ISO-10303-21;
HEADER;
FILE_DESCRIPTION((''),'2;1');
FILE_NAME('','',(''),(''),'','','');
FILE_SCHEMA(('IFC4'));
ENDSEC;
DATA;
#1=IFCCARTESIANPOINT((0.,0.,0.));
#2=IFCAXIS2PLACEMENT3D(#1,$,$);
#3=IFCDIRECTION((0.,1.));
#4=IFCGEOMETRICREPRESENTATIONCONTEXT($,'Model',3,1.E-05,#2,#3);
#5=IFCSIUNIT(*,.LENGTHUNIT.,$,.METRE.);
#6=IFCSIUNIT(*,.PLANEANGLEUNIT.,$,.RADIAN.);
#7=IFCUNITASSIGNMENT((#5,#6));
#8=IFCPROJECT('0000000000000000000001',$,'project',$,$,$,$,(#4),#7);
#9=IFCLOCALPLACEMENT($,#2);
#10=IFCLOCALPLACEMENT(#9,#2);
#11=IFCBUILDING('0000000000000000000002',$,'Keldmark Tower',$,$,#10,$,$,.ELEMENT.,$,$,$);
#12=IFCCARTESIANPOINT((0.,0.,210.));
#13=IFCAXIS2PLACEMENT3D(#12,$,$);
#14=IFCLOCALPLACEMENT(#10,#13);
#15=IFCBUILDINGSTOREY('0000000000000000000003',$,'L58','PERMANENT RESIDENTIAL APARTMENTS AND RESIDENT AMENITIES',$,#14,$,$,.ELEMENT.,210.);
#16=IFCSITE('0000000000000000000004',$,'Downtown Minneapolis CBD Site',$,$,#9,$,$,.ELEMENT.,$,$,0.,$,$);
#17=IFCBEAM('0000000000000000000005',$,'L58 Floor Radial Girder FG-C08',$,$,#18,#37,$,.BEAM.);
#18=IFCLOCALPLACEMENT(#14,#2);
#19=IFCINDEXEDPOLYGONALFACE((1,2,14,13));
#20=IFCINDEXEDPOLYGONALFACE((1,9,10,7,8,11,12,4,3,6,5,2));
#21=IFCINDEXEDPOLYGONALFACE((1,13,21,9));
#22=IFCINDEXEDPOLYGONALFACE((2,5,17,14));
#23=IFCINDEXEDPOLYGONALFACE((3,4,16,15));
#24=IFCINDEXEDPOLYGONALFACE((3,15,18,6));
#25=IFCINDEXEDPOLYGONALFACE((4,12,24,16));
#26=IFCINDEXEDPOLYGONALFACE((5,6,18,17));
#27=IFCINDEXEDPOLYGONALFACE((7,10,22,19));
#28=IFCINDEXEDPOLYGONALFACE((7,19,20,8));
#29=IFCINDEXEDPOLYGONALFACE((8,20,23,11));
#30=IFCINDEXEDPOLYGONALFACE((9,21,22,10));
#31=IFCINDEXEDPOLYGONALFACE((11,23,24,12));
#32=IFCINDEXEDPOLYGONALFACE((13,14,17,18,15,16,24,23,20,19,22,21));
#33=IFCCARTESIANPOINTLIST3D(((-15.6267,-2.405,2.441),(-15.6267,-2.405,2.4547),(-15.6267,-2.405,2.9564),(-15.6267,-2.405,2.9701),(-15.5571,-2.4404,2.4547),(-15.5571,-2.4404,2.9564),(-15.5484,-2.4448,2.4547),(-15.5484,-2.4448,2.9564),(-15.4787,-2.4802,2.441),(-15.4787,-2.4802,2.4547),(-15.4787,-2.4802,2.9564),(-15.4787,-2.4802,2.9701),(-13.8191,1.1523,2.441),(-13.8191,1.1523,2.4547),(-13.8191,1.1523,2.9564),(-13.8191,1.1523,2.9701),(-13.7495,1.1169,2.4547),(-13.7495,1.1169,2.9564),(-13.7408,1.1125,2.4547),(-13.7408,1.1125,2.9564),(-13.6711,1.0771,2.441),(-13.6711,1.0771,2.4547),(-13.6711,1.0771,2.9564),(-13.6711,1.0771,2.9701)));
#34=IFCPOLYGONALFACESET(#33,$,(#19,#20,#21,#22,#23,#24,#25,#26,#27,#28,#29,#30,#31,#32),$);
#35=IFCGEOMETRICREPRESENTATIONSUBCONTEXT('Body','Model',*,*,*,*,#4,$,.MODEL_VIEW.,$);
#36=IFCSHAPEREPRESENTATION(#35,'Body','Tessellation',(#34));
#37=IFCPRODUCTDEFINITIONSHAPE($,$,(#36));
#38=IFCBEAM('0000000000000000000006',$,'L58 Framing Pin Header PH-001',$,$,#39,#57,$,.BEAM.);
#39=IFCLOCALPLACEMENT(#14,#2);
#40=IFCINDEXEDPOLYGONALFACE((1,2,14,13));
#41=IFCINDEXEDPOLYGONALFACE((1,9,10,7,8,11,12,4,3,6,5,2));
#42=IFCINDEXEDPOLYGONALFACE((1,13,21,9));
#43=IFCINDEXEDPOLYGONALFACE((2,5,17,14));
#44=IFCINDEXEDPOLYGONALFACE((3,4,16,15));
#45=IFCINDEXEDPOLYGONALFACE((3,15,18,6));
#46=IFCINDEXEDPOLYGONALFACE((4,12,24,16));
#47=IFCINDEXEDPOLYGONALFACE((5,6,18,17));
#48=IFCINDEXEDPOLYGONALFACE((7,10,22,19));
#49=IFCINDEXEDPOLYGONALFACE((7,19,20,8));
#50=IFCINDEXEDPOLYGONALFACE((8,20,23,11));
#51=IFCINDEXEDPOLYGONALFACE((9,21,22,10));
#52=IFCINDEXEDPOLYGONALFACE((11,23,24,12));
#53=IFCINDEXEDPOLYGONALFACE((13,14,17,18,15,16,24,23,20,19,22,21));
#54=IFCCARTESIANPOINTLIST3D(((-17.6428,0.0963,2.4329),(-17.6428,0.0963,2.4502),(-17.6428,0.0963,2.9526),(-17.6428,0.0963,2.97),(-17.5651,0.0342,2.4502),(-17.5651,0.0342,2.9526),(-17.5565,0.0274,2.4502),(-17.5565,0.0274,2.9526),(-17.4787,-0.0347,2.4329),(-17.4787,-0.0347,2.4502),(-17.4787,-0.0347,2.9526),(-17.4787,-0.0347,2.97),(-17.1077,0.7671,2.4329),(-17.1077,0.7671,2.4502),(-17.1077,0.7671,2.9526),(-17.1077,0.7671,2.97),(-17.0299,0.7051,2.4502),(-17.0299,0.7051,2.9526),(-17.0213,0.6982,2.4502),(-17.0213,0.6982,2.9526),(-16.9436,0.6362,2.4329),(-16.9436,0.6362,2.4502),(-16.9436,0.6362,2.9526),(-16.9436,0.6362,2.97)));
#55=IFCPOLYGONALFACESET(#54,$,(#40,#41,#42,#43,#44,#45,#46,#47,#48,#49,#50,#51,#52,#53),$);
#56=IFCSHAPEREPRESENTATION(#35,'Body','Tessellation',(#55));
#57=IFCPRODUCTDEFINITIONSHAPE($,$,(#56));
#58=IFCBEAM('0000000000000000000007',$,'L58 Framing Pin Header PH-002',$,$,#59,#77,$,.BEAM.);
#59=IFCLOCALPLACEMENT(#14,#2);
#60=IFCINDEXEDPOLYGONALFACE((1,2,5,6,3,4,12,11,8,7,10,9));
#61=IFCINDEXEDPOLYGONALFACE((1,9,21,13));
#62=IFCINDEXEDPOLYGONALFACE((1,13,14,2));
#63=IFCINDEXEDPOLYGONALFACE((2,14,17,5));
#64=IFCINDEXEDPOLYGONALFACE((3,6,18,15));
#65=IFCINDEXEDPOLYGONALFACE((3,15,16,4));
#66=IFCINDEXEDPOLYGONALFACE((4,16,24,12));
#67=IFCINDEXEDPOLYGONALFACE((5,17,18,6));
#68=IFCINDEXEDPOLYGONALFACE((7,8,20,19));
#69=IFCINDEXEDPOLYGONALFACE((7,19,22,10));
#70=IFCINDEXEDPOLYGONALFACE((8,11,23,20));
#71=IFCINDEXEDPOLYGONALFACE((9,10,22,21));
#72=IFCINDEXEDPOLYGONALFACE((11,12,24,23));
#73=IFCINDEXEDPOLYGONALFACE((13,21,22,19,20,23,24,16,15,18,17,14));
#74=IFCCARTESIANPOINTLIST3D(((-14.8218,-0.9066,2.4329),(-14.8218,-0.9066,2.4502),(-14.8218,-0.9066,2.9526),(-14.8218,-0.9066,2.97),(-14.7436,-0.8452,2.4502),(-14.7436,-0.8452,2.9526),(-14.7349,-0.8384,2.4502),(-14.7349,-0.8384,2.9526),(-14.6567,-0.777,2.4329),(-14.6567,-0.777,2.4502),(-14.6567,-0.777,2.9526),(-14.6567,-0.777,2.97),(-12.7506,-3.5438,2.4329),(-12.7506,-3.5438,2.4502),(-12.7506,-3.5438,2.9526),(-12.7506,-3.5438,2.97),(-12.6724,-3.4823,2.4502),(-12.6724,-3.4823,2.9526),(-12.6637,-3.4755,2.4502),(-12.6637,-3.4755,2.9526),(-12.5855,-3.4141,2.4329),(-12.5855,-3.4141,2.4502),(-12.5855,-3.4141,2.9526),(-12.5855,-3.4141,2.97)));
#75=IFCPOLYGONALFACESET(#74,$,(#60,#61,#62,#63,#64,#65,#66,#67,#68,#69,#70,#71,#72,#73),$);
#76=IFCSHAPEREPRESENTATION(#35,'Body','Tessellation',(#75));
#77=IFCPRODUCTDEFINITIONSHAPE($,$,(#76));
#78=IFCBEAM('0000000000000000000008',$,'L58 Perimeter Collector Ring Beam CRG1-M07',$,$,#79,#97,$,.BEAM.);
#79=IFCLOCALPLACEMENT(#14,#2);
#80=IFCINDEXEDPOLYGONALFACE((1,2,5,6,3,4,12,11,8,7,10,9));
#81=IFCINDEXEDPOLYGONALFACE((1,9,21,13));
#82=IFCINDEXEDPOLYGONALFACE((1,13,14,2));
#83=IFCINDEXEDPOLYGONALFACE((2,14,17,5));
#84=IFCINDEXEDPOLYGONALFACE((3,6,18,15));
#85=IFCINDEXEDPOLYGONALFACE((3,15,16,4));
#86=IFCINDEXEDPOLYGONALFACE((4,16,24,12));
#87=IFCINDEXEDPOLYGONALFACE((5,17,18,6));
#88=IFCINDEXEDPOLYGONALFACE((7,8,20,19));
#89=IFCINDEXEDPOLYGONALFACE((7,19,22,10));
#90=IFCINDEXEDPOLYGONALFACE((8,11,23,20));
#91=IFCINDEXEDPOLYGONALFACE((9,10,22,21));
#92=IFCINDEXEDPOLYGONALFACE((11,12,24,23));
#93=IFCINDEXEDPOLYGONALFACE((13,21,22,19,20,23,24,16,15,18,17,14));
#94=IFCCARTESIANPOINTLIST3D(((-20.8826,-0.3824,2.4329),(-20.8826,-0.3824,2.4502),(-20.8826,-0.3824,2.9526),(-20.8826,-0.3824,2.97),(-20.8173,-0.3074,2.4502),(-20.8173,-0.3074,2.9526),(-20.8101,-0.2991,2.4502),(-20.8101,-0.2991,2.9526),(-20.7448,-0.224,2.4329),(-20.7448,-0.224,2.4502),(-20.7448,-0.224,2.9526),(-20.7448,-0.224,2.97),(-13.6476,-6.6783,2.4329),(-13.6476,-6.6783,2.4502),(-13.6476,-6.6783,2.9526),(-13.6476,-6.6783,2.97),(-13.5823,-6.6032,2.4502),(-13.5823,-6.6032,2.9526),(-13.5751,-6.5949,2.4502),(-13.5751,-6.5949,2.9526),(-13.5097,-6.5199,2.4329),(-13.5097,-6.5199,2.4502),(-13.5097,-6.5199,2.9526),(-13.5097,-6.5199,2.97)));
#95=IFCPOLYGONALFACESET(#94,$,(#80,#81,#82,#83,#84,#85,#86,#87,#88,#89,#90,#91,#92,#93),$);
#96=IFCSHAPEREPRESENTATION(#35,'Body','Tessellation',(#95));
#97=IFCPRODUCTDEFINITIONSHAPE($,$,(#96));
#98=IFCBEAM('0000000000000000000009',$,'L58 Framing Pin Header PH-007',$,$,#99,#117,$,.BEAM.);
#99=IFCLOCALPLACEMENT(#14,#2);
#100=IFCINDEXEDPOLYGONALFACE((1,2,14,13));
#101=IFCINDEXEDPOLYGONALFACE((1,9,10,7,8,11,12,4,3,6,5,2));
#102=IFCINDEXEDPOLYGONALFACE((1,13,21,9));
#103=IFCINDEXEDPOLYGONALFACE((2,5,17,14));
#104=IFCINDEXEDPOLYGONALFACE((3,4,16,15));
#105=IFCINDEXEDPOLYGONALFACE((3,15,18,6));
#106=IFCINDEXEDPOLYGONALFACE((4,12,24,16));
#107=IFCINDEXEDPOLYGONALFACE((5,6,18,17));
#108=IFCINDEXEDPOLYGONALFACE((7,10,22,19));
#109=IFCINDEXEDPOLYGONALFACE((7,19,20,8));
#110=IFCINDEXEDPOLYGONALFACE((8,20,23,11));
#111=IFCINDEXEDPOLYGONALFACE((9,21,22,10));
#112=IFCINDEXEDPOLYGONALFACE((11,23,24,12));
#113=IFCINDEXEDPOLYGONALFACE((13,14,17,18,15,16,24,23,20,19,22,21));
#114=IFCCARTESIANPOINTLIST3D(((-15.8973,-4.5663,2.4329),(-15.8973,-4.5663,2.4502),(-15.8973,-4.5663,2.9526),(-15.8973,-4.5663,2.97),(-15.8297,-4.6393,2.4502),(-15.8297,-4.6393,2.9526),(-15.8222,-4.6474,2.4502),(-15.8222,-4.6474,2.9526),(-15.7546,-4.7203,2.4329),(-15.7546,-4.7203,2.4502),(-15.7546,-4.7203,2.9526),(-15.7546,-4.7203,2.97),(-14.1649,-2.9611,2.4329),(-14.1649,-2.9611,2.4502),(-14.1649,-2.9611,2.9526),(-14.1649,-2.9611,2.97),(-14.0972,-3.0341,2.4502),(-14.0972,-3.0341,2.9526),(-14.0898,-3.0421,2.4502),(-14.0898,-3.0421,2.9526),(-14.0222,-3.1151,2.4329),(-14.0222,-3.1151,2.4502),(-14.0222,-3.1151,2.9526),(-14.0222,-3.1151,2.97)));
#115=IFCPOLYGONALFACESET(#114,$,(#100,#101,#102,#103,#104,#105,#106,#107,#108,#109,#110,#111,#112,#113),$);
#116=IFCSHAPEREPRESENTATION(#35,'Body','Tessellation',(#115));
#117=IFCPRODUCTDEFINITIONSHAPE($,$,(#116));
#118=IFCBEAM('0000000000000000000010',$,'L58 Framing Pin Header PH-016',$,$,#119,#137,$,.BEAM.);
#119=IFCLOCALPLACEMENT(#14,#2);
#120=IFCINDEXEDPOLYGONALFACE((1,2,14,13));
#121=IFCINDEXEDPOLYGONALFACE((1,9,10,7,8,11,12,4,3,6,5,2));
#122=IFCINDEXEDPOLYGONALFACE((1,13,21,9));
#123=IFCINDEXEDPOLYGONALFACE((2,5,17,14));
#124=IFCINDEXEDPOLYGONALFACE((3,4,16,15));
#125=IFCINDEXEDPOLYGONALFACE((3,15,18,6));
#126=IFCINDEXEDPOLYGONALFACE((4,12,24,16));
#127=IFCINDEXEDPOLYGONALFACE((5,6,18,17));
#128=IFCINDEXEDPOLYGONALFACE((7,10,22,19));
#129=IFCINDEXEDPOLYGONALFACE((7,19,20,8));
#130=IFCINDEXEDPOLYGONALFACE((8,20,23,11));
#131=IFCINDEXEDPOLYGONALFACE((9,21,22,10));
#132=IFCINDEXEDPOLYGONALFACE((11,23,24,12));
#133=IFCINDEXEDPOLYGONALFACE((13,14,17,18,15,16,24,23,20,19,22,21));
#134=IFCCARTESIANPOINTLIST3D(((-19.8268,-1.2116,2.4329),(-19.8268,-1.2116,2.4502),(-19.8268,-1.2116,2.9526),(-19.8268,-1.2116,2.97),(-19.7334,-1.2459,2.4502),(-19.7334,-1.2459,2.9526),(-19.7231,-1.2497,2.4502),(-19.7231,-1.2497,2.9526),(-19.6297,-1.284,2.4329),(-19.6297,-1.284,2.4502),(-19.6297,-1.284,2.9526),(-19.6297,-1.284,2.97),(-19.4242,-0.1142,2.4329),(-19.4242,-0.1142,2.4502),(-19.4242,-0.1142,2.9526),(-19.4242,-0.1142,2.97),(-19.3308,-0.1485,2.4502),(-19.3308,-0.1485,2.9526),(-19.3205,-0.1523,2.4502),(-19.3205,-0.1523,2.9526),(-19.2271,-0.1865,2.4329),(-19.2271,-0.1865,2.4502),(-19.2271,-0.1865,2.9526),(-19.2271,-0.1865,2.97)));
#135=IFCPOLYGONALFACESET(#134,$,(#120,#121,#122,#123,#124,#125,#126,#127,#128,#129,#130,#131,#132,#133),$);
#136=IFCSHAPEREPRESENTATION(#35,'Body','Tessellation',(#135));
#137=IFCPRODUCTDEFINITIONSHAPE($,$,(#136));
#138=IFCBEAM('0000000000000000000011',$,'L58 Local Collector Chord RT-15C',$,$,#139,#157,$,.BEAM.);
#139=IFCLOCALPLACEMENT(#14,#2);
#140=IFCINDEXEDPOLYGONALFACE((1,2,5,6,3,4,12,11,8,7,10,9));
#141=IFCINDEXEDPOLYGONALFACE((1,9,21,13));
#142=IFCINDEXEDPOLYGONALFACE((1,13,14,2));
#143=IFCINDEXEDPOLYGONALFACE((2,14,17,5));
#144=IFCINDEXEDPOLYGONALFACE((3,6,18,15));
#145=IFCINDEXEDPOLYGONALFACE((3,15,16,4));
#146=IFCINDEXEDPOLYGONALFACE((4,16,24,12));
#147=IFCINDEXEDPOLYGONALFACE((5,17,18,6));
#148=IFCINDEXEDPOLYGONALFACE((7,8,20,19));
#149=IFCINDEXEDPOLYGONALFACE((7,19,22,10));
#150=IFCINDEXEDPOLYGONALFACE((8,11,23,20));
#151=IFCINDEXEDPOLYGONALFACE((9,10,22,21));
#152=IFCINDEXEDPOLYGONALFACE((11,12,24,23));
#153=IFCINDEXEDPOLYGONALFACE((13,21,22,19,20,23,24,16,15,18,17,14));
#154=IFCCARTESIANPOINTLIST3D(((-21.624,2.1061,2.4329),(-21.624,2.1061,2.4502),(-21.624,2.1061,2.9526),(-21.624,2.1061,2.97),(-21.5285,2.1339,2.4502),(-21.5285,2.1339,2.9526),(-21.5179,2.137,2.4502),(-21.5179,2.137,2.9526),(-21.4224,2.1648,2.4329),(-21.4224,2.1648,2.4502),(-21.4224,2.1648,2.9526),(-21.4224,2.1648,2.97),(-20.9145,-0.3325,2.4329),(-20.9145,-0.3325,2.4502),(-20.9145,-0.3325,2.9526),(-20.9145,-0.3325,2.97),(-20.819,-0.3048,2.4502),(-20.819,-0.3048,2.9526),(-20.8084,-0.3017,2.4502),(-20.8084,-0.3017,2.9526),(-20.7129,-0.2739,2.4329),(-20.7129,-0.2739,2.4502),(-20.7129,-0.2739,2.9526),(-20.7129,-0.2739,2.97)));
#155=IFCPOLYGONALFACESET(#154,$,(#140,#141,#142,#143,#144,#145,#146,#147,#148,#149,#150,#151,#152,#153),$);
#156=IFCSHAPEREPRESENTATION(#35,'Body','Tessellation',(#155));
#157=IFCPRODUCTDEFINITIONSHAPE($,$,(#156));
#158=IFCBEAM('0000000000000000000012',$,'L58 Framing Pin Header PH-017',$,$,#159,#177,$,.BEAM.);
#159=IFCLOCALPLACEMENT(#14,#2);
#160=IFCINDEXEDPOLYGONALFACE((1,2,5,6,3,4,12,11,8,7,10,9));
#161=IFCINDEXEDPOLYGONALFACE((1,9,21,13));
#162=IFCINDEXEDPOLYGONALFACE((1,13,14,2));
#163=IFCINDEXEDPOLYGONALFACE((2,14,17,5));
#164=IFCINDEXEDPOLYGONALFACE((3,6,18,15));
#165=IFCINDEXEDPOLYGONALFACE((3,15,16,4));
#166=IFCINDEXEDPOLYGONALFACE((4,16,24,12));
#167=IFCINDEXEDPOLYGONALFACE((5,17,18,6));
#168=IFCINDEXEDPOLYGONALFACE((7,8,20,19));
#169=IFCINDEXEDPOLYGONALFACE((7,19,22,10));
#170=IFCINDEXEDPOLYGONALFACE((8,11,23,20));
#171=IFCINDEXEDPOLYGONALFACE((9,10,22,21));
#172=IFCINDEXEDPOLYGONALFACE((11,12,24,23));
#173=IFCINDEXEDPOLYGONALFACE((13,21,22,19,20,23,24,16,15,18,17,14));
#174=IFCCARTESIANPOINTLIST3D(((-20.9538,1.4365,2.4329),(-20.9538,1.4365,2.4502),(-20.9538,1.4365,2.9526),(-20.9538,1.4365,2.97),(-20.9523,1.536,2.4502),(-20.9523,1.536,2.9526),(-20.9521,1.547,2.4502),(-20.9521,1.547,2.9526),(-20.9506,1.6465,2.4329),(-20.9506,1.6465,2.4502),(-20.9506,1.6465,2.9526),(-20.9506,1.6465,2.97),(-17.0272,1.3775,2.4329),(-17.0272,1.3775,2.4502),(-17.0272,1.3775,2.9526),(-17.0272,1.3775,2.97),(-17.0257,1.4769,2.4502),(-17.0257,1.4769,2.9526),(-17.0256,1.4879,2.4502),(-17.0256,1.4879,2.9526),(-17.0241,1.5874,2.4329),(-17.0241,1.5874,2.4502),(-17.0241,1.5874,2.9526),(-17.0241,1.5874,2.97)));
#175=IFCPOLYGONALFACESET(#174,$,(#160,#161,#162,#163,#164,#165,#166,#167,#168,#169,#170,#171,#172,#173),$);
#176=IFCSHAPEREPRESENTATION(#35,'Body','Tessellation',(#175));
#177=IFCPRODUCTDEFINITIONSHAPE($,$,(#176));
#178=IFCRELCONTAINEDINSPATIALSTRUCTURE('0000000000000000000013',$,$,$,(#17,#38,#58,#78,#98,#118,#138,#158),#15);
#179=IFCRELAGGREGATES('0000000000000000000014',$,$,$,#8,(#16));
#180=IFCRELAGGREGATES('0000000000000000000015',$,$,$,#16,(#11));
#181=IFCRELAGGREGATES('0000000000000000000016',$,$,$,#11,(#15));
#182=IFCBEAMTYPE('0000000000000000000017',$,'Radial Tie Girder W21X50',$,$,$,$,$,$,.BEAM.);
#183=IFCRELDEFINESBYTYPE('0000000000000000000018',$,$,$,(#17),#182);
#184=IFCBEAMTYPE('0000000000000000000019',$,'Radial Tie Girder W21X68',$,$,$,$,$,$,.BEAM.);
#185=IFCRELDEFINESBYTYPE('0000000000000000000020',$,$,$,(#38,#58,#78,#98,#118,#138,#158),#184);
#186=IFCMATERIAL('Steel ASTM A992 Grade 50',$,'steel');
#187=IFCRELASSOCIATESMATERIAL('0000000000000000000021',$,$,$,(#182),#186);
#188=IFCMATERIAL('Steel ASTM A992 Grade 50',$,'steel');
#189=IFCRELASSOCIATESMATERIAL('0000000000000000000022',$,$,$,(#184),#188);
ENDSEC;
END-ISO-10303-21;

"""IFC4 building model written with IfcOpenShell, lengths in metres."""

from ifc_helpers import new_model, si_unit, direction, frame, origin, origin_2d, place, context, subcontext, project, spatial, i_section, extrude, material, material_profile, profile_set, type_object, element, save


model = new_model("IFC4")

# Units and contexts
model_context = context("Model", 3, precision=1e-05, world=origin(), true_north=direction((0.0, 1.0)))
body_context = subcontext(model_context, "Body", "Model", "MODEL_VIEW")
ifc_project = project(units=[si_unit("LENGTHUNIT", "METRE"), si_unit("PLANEANGLEUNIT", "RADIAN")], contexts=[model_context])

# Site, building, storey
site_placement = place(None, origin())
site = spatial("IfcSite", under=ifc_project, at=site_placement, Name="Downtown Minneapolis CBD Site", CompositionType="ELEMENT", RefElevation=0.0)
building_placement = place(site_placement, origin())
building = spatial("IfcBuilding", under=site, at=building_placement, Name="Keldmark Tower", CompositionType="ELEMENT")
storey_placement = place(building_placement, frame((0.0, 0.0, 210.0)))
storey = spatial("IfcBuildingStorey", under=building, at=storey_placement, Name="L58", Description="PERMANENT RESIDENTIAL APARTMENTS AND RESIDENT AMENITIES", CompositionType="ELEMENT", Elevation=210.0)

# Beams
ifc_material_1 = material(Name="Steel ASTM A992 Grade 50", Category="steel")
ifc_material_profile_1 = material_profile(ifc_material_1, i_section(OverallWidth=0.166, OverallDepth=0.5291, WebThickness=0.0098, FlangeThickness=0.0137, at=origin_2d()), Name="W21X50")
ifc_profile_set_1 = profile_set([ifc_material_profile_1], Name="Steel ASTM A992 Grade 50")
beam_type_1 = type_object("IfcBeamType", Name="Radial Tie Girder W21X50", PredefinedType="BEAM", material=ifc_profile_set_1)
beam_1_placement = place(storey_placement, frame((-15.5527, -2.4426, 2.7056), z_axis=(0.453004, 0.891508, 0.0), x_axis=(-0.891508, 0.453004, 0.0)))
element("IfcBeam", 1, at=beam_1_placement, inside=storey, type_object=beam_type_1, Name="L58 Floor Radial Girder FG-C08", PredefinedType="BEAM", context=body_context, shape_type="SweptSolid", body=[
    extrude(i_section(OverallWidth=0.166, OverallDepth=0.5291, WebThickness=0.0098, FlangeThickness=0.0137, at=origin_2d()), origin(), (0.0, 0.0, 1.0), 3.9902),
])
ifc_material_2 = material(Name="Steel ASTM A992 Grade 50", Category="steel")
ifc_material_profile_2 = material_profile(ifc_material_2, i_section(OverallWidth=0.21, OverallDepth=0.5371, WebThickness=0.011, FlangeThickness=0.0173, at=origin_2d()), Name="W21X68")
ifc_profile_set_2 = profile_set([ifc_material_profile_2], Name="Steel ASTM A992 Grade 50")
beam_type_2 = type_object("IfcBeamType", Name="Radial Tie Girder W21X68", PredefinedType="BEAM", material=ifc_profile_set_2)
beam_2_placement = place(storey_placement, frame((-17.0256, 0.7017, 2.7014), z_axis=(-0.623584, -0.781756, 0.0), x_axis=(0.781756, -0.623584, 0.0)))
element("IfcBeam", 2, at=beam_2_placement, inside=storey, type_object=beam_type_2, Name="L58 Framing Pin Header PH-001", PredefinedType="BEAM", context=body_context, shape_type="SweptSolid", body=[
    extrude(i_section(OverallWidth=0.21, OverallDepth=0.5371, WebThickness=0.011, FlangeThickness=0.0173, at=origin_2d()), origin(), (0.0, 0.0, 1.0), 0.8582),
])
beam_3_placement = place(storey_placement, frame((-14.7393, -0.8418, 2.7014), z_axis=(0.617674, -0.786435, 0.0), x_axis=(0.786435, 0.617674, 0.0)))
element("IfcBeam", 3, at=beam_3_placement, inside=storey, type_object=beam_type_2, Name="L58 Framing Pin Header PH-002", PredefinedType="BEAM", context=body_context, shape_type="SweptSolid", body=[
    extrude(i_section(OverallWidth=0.21, OverallDepth=0.5371, WebThickness=0.011, FlangeThickness=0.0173, at=origin_2d()), origin(), (0.0, 0.0, 1.0), 3.3533),
])
beam_4_placement = place(storey_placement, frame((-20.8137, -0.3032, 2.7014), z_axis=(0.754373, -0.656446, 0.0), x_axis=(0.656446, 0.754373, 0.0)))
element("IfcBeam", 4, at=beam_4_placement, inside=storey, type_object=beam_type_2, Name="L58 Perimeter Collector Ring Beam CRG1-M07", PredefinedType="BEAM", context=body_context, shape_type="SweptSolid", body=[
    extrude(i_section(OverallWidth=0.21, OverallDepth=0.5371, WebThickness=0.011, FlangeThickness=0.0173, at=origin_2d()), origin(), (0.0, 0.0, 1.0), 9.5908),
])
beam_5_placement = place(storey_placement, frame((-14.0935, -3.0381, 2.7014), z_axis=(-0.733522, -0.679666, 0.0), x_axis=(0.679666, -0.733522, 0.0)))
element("IfcBeam", 5, at=beam_5_placement, inside=storey, type_object=beam_type_2, Name="L58 Framing Pin Header PH-007", PredefinedType="BEAM", context=body_context, shape_type="SweptSolid", body=[
    extrude(i_section(OverallWidth=0.21, OverallDepth=0.5371, WebThickness=0.011, FlangeThickness=0.0173, at=origin_2d()), origin(), (0.0, 0.0, 1.0), 2.3618),
])
beam_6_placement = place(storey_placement, frame((-19.7283, -1.2478, 2.7014), z_axis=(0.344408, 0.93882, 0.0), x_axis=(-0.93882, 0.344408, 0.0)))
element("IfcBeam", 6, at=beam_6_placement, inside=storey, type_object=beam_type_2, Name="L58 Framing Pin Header PH-016", PredefinedType="BEAM", context=body_context, shape_type="SweptSolid", body=[
    extrude(i_section(OverallWidth=0.21, OverallDepth=0.5371, WebThickness=0.011, FlangeThickness=0.0173, at=origin_2d()), origin(), (0.0, 0.0, 1.0), 1.1689),
])
beam_7_placement = place(storey_placement, frame((-20.8137, -0.3032, 2.7014), z_axis=(-0.279339, 0.960192, 0.0), x_axis=(-0.960192, -0.279339, 0.0)))
element("IfcBeam", 7, at=beam_7_placement, inside=storey, type_object=beam_type_2, Name="L58 Local Collector Chord RT-15C", PredefinedType="BEAM", context=body_context, shape_type="SweptSolid", body=[
    extrude(i_section(OverallWidth=0.21, OverallDepth=0.5371, WebThickness=0.011, FlangeThickness=0.0173, at=origin_2d()), origin(), (0.0, 0.0, 1.0), 2.5398),
])
beam_8_placement = place(storey_placement, frame((-17.0256, 1.4824, 2.7014), z_axis=(-0.999887, 0.015045, 0.0), x_axis=(-0.015045, -0.999887, 0.0)))
element("IfcBeam", 8, at=beam_8_placement, inside=storey, type_object=beam_type_2, Name="L58 Framing Pin Header PH-017", PredefinedType="BEAM", context=body_context, shape_type="SweptSolid", body=[
    extrude(i_section(OverallWidth=0.21, OverallDepth=0.5371, WebThickness=0.011, FlangeThickness=0.0173, at=origin_2d()), origin(), (0.0, 0.0, 1.0), 3.927),
])

save(model, "model.ifc")
